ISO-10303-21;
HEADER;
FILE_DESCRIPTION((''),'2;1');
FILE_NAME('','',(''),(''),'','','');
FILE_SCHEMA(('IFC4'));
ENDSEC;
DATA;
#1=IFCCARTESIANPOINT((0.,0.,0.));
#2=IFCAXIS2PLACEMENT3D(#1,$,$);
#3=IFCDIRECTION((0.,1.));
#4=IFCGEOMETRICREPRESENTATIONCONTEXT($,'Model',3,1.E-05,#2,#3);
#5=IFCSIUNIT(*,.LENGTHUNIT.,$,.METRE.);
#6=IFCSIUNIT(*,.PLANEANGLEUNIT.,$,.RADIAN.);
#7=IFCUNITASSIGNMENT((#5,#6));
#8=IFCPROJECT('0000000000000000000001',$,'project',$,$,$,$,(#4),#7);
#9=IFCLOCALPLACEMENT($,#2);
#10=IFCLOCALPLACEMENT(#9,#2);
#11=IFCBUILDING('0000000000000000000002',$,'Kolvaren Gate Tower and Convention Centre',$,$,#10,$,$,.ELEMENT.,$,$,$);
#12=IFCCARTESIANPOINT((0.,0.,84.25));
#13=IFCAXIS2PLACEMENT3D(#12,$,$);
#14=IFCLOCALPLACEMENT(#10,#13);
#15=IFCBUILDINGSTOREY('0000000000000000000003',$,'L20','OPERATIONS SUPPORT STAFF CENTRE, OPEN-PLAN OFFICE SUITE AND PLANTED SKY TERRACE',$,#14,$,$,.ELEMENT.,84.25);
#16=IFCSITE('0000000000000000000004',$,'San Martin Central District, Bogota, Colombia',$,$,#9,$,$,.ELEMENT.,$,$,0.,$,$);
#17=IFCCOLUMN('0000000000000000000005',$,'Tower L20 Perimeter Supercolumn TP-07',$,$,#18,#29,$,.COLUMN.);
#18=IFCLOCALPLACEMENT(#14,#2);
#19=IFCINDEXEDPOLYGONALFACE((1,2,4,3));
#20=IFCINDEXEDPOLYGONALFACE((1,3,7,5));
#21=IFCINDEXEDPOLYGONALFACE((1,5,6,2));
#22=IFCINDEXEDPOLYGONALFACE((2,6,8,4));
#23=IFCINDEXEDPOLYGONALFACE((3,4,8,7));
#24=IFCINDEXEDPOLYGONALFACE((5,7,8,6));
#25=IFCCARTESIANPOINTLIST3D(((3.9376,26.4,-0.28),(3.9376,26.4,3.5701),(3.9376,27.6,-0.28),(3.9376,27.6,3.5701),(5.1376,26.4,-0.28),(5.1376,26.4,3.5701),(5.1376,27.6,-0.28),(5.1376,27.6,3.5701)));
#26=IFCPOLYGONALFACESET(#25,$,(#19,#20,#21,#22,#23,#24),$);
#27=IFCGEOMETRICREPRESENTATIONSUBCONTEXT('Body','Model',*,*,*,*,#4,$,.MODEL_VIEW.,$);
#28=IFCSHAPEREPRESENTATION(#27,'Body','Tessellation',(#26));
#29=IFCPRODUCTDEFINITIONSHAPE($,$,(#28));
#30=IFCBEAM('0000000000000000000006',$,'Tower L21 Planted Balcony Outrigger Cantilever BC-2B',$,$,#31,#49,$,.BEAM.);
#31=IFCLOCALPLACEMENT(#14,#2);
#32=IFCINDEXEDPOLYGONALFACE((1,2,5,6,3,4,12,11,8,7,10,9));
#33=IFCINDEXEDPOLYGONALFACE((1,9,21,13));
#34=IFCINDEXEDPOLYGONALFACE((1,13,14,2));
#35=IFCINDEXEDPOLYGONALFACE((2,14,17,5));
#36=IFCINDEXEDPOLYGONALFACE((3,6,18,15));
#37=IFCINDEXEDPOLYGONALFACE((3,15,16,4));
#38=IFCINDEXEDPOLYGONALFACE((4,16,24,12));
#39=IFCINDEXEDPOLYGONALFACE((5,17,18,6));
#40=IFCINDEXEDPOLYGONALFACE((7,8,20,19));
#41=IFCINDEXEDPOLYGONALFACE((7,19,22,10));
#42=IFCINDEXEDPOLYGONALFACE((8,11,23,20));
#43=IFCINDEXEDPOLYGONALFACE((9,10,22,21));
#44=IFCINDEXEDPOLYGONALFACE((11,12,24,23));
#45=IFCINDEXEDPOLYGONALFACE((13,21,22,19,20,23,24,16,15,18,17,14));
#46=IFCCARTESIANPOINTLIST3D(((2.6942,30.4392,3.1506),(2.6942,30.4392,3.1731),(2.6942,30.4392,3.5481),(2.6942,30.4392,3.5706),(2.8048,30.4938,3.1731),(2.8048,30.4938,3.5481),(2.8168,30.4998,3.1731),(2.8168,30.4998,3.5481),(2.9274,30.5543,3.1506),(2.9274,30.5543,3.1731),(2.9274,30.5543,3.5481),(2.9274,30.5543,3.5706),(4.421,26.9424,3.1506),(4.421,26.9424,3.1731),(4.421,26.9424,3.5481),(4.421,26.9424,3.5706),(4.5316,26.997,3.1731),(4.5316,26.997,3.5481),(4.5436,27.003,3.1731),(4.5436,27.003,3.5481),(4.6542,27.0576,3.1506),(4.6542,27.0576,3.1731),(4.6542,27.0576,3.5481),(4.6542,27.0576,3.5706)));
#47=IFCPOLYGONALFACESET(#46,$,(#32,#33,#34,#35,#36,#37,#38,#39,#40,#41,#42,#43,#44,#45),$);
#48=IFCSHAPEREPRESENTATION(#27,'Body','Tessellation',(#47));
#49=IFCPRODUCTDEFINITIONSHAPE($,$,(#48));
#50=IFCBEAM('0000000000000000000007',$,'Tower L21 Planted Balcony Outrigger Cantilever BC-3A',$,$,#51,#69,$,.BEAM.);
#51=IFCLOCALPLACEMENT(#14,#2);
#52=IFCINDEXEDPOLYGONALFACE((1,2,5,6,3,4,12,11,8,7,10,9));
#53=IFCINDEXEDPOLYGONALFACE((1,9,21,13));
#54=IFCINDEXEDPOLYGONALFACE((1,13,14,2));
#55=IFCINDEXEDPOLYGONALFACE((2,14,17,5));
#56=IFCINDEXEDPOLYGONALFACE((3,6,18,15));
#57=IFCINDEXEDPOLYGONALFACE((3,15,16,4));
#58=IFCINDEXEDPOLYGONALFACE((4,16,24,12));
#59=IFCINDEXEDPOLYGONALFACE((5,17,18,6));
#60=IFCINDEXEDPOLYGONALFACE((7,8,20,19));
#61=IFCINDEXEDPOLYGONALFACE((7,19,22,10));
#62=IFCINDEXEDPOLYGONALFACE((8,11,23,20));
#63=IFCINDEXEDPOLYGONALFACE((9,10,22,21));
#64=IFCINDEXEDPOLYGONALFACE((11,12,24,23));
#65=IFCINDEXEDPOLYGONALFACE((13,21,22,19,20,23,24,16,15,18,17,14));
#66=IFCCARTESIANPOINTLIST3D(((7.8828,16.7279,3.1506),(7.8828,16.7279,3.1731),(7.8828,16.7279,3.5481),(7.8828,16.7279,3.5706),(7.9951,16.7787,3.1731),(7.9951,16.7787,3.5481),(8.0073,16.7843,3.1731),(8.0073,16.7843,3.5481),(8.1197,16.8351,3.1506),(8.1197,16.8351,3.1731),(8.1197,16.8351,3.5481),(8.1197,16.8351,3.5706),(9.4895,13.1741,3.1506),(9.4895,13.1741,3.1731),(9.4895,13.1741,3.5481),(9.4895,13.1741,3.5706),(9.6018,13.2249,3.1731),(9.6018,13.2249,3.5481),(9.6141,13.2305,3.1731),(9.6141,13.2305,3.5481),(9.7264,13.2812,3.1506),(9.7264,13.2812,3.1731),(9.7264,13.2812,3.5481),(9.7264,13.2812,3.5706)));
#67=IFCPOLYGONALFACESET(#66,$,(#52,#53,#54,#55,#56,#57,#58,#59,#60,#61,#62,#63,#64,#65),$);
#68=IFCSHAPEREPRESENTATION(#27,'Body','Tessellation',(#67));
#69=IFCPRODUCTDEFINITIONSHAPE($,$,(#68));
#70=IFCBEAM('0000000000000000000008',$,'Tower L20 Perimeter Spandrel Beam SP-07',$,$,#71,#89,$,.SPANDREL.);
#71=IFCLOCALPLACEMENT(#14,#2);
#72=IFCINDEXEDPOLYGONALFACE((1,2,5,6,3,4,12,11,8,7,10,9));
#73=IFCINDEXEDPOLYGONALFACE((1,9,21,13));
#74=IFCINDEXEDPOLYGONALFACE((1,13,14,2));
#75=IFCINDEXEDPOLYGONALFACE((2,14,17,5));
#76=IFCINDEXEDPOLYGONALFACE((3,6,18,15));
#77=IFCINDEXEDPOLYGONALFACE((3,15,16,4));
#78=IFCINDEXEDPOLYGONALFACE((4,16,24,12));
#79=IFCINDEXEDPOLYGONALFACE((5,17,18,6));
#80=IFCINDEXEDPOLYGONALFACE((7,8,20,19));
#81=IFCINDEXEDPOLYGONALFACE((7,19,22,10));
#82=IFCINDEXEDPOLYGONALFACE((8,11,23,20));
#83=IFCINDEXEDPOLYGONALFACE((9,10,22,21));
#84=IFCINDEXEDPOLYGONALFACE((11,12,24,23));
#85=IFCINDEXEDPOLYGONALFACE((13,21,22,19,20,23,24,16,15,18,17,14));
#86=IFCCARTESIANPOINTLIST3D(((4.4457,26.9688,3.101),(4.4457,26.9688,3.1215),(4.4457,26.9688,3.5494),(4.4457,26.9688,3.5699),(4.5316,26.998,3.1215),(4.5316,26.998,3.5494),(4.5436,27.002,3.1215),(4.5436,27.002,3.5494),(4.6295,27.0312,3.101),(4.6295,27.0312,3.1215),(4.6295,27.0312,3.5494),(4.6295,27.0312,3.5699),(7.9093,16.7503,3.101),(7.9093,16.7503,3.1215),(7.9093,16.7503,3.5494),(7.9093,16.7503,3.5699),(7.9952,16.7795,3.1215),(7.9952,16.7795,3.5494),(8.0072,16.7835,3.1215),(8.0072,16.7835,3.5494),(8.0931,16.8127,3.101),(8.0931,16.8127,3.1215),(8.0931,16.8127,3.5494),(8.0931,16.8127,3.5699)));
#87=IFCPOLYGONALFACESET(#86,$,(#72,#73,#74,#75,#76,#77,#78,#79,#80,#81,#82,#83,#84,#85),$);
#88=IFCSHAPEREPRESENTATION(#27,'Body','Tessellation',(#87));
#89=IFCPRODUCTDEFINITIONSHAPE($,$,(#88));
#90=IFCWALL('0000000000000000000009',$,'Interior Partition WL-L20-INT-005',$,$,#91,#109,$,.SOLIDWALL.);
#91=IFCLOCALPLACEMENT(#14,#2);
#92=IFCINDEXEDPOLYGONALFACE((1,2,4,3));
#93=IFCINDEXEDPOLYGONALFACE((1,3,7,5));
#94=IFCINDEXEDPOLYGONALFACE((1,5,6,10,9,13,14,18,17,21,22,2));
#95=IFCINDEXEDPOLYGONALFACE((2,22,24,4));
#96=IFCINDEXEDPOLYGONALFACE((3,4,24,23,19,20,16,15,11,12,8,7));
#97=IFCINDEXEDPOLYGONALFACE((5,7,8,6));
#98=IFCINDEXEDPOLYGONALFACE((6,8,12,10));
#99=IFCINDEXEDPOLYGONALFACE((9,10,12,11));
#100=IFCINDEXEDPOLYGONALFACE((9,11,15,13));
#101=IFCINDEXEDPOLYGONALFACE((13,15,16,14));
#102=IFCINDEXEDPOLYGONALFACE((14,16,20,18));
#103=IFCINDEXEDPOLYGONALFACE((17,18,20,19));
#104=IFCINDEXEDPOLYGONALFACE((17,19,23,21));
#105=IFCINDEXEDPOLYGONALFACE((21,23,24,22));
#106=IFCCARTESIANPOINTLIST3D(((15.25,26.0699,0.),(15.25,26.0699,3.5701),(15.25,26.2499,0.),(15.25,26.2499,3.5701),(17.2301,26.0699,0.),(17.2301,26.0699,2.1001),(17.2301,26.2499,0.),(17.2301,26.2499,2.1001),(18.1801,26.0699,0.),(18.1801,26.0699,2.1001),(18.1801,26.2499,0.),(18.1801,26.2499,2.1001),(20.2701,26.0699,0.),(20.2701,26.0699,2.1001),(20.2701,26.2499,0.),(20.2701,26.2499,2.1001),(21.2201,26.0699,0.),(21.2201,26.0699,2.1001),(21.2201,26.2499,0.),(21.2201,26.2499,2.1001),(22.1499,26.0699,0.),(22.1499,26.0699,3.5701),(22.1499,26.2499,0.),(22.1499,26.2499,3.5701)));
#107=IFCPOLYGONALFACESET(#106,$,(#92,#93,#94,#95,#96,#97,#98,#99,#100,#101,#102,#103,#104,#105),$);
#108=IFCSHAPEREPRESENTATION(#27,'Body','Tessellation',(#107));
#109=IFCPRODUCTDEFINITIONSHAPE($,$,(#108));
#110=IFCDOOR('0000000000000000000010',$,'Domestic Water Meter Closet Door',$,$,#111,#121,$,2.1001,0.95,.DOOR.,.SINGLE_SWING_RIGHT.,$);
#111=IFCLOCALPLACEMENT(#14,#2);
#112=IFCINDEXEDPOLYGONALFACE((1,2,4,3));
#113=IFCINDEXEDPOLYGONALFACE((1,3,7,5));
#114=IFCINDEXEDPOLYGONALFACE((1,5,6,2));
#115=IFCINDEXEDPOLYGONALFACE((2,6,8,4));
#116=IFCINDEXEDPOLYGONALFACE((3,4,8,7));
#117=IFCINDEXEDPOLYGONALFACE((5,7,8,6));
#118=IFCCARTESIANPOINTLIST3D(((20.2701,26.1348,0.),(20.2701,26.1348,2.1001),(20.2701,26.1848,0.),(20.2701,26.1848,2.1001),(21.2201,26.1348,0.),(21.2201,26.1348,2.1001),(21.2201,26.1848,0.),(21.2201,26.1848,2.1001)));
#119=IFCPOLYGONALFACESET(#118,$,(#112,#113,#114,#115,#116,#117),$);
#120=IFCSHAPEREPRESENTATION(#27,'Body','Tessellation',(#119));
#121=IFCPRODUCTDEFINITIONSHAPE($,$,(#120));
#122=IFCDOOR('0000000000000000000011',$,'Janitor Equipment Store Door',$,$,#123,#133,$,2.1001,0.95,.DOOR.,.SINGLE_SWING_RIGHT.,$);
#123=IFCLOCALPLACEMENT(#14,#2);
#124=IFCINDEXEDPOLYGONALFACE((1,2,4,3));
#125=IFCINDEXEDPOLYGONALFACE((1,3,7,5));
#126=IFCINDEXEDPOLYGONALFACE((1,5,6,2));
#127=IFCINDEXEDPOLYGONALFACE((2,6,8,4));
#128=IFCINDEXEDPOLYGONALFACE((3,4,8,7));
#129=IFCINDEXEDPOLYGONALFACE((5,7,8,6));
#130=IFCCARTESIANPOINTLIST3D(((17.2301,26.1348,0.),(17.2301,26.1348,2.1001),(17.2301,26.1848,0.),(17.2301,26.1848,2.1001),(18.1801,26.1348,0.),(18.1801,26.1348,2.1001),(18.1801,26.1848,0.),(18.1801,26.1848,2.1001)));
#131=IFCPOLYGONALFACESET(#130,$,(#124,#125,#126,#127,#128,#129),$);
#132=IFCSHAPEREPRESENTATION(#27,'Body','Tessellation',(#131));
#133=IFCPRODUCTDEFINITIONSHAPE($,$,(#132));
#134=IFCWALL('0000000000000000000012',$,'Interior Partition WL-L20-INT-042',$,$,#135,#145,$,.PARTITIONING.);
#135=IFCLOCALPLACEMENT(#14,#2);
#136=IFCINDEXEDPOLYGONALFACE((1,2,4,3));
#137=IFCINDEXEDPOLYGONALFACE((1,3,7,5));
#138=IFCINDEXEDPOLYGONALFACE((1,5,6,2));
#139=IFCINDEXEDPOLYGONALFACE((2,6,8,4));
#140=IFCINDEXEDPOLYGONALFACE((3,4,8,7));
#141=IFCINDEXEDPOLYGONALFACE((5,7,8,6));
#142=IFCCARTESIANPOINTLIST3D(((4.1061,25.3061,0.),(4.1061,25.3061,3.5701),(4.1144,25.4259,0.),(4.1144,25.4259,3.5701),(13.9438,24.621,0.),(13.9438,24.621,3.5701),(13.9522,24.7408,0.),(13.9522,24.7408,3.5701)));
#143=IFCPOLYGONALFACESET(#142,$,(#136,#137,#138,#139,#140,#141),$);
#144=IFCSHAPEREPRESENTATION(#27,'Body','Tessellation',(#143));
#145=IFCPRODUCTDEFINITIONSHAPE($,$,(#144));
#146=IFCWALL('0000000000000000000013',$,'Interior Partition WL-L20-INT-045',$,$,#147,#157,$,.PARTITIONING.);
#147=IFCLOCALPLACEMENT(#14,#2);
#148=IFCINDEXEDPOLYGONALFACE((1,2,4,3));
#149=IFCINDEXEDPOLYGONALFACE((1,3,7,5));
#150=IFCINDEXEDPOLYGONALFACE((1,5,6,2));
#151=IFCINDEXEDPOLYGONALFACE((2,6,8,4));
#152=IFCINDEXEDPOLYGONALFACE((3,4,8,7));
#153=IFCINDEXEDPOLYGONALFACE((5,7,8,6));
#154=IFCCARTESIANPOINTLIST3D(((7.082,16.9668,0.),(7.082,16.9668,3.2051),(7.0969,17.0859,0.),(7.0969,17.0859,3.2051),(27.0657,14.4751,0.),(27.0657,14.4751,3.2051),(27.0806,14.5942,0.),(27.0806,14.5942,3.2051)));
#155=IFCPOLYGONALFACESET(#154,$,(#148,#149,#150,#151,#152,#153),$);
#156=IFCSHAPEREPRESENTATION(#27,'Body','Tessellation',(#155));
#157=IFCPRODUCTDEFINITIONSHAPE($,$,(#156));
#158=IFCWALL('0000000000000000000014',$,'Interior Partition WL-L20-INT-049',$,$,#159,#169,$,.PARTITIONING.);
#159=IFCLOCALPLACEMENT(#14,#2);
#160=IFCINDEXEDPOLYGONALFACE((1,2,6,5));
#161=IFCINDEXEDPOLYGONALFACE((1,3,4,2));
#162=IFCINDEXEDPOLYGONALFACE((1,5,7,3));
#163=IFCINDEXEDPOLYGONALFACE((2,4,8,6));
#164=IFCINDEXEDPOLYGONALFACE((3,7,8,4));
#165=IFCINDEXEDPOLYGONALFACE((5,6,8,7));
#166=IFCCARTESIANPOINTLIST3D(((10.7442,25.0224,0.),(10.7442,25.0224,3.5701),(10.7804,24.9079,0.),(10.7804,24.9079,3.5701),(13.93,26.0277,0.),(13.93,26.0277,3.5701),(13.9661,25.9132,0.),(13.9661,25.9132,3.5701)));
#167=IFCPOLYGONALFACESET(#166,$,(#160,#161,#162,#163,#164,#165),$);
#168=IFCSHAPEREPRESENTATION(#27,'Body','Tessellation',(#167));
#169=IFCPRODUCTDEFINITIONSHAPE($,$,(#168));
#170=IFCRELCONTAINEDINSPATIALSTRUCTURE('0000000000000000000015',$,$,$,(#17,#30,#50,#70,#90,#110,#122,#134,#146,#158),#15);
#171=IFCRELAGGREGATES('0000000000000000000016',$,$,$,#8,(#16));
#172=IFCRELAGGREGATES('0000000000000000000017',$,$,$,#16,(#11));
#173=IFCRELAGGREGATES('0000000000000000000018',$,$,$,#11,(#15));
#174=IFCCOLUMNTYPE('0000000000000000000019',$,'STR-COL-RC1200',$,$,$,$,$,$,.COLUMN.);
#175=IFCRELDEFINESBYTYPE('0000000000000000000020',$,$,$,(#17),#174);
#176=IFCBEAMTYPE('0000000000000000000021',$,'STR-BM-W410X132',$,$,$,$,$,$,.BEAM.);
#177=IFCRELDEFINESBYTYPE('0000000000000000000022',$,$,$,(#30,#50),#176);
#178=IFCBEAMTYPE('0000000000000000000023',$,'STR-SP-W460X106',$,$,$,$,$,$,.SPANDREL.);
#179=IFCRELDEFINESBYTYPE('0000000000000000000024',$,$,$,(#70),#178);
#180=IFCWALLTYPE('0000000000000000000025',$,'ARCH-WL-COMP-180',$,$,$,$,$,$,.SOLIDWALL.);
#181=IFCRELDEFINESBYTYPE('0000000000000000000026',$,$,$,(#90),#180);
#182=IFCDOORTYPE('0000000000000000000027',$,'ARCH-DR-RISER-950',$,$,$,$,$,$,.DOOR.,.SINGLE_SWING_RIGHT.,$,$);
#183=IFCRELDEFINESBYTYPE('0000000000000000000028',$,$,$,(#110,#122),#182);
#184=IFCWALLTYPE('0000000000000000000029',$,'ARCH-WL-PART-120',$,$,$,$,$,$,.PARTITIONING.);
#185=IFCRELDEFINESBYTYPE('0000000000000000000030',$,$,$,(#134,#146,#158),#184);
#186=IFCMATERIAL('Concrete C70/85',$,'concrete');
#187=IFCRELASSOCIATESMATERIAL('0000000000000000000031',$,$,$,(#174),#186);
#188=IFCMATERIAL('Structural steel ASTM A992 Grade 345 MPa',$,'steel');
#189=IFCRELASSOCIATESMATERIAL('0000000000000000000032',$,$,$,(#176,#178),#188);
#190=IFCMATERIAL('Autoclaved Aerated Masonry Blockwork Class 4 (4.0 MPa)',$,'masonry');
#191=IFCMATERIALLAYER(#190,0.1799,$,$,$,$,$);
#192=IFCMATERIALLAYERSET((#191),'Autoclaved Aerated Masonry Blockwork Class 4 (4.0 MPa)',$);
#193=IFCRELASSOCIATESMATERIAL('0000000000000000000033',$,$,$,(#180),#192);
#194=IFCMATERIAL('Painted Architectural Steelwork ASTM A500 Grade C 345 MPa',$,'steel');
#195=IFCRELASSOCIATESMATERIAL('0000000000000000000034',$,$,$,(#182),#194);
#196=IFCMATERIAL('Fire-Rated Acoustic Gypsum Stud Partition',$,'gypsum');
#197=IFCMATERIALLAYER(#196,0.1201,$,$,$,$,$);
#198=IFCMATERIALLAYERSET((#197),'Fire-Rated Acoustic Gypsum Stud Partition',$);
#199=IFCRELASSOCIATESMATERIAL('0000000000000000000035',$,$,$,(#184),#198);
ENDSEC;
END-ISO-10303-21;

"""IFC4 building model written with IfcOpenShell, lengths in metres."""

from ifc_helpers import new_model, si_unit, direction, frame, frame_2d, origin, origin_2d, place, context, subcontext, project, spatial, rectangle, i_section, extrude, material, layer, layer_set, material_profile, profile_set, type_object, element, fill, save


model = new_model("IFC4")

# Units and contexts
model_context = context("Model", 3, precision=1e-05, world=origin(), true_north=direction((0.0, 1.0)))
body_context = subcontext(model_context, "Body", "Model", "MODEL_VIEW")
ifc_project = project(units=[si_unit("LENGTHUNIT", "METRE"), si_unit("PLANEANGLEUNIT", "RADIAN")], contexts=[model_context])

# Site, building, storey
site_placement = place(None, origin())
site = spatial("IfcSite", under=ifc_project, at=site_placement, Name="San Martin Central District, Bogota, Colombia", CompositionType="ELEMENT", RefElevation=0.0)
building_placement = place(site_placement, origin())
building = spatial("IfcBuilding", under=site, at=building_placement, Name="Kolvaren Gate Tower and Convention Centre", CompositionType="ELEMENT")
storey_placement = place(building_placement, frame((0.0, 0.0, 84.25)))
storey = spatial("IfcBuildingStorey", under=building, at=storey_placement, Name="L20", Description="OPERATIONS SUPPORT STAFF CENTRE, OPEN-PLAN OFFICE SUITE AND PLANTED SKY TERRACE", CompositionType="ELEMENT", Elevation=84.25)

# Column
ifc_material_1 = material(Name="Concrete C70/85", Category="concrete")
ifc_material_profile_1 = material_profile(ifc_material_1, rectangle(XDim=1.2, YDim=1.2, at=origin_2d()), Name="RC-COL-1200X1200")
ifc_profile_set_1 = profile_set([ifc_material_profile_1], Name="Concrete C70/85")
column_type = type_object("IfcColumnType", Name="STR-COL-RC1200", PredefinedType="COLUMN", material=ifc_profile_set_1)
column_placement = place(storey_placement, frame((4.5376, 27.0, -0.28), z_axis=(0.0, 0.0, 1.0), x_axis=(1.0, 0.0, 0.0)))
element("IfcColumn", 1, at=column_placement, inside=storey, type_object=column_type, Name="Tower L20 Perimeter Supercolumn TP-07", PredefinedType="COLUMN", context=body_context, shape_type="SweptSolid", body=[
    extrude(rectangle(XDim=1.2, YDim=1.2, at=origin_2d()), origin(), (0.0, 0.0, 1.0), 3.8501),
])

# Beams
ifc_material_2 = material(Name="Structural steel ASTM A992 Grade 345 MPa", Category="steel")
ifc_material_profile_2 = material_profile(ifc_material_2, i_section(OverallWidth=0.26, OverallDepth=0.4199, WebThickness=0.0134, FlangeThickness=0.0225, at=origin_2d()), Name="W410X132")
ifc_profile_set_2 = profile_set([ifc_material_profile_2], Name="Structural steel ASTM A992 Grade 345 MPa")
beam_type_1 = type_object("IfcBeamType", Name="STR-BM-W410X132", PredefinedType="BEAM", material=ifc_profile_set_2)
beam_1_placement = place(storey_placement, frame((4.5376, 27.0, 3.3606), z_axis=(-0.442776, 0.896632, 0.0), x_axis=(-0.896632, -0.442776, 0.0)))
element("IfcBeam", 2, at=beam_1_placement, inside=storey, type_object=beam_type_1, Name="Tower L21 Planted Balcony Outrigger Cantilever BC-2B", PredefinedType="BEAM", context=body_context, shape_type="SweptSolid", body=[
    extrude(i_section(OverallWidth=0.26, OverallDepth=0.4199, WebThickness=0.0134, FlangeThickness=0.0225, at=origin_2d()), origin(), (0.0, 0.0, 1.0), 3.8999),
])
beam_2_placement = place(storey_placement, frame((8.0012, 16.7815, 3.3606), z_axis=(0.411967, -0.911199, 0.0), x_axis=(0.911199, 0.411967, 0.0)))
element("IfcBeam", 3, at=beam_2_placement, inside=storey, type_object=beam_type_1, Name="Tower L21 Planted Balcony Outrigger Cantilever BC-3A", PredefinedType="BEAM", context=body_context, shape_type="SweptSolid", body=[
    extrude(i_section(OverallWidth=0.26, OverallDepth=0.4199, WebThickness=0.0134, FlangeThickness=0.0225, at=origin_2d()), origin(), (0.0, 0.0, 1.0), 3.9001),
])
ifc_material_profile_3 = material_profile(ifc_material_2, i_section(OverallWidth=0.1941, OverallDepth=0.469, WebThickness=0.0127, FlangeThickness=0.0205, at=origin_2d()), Name="W460X106")
ifc_profile_set_3 = profile_set([ifc_material_profile_3], Name="Structural steel ASTM A992 Grade 345 MPa")
beam_type_2 = type_object("IfcBeamType", Name="STR-SP-W460X106", PredefinedType="SPANDREL", material=ifc_profile_set_3)
beam_3_placement = place(storey_placement, frame((4.5376, 27.0, 3.3354), z_axis=(0.321016, -0.947074, 0.0), x_axis=(0.947074, 0.321016, 0.0)))
element("IfcBeam", 4, at=beam_3_placement, inside=storey, type_object=beam_type_2, Name="Tower L20 Perimeter Spandrel Beam SP-07", PredefinedType="SPANDREL", context=body_context, shape_type="SweptSolid", body=[
    extrude(i_section(OverallWidth=0.1941, OverallDepth=0.469, WebThickness=0.0127, FlangeThickness=0.0205, at=origin_2d()), origin(), (0.0, 0.0, 1.0), 10.7896),
])

# Wall, openings, doors
ifc_material_3 = material(Name="Autoclaved Aerated Masonry Blockwork Class 4 (4.0 MPa)", Category="masonry")
ifc_layer_1 = layer(ifc_material_3, 0.1799)
ifc_layer_set_1 = layer_set([ifc_layer_1], Name="Autoclaved Aerated Masonry Blockwork Class 4 (4.0 MPa)")
wall_type_1 = type_object("IfcWallType", Name="ARCH-WL-COMP-180", PredefinedType="SOLIDWALL", material=ifc_layer_set_1)
wall_1_placement = place(storey_placement, frame((15.25, 26.1599, 0.0), z_axis=(0.0, 0.0, 1.0), x_axis=(1.0, 0.0, 0.0)))
wall_1 = element("IfcWall", 5, at=wall_1_placement, inside=storey, type_object=wall_type_1, Name="Interior Partition WL-L20-INT-005", PredefinedType="SOLIDWALL", context=body_context, shape_type="SweptSolid", body=[
    extrude(rectangle(XDim=6.8999, YDim=0.1799, at=frame_2d((3.45, 0.0))), origin(), (0.0, 0.0, 1.0), 3.5701),
])
opening_1_placement = place(wall_1_placement, frame((5.02, 0.0, 0.0)))
opening_1 = element("IfcOpeningElement", 6, at=opening_1_placement, cuts=wall_1, PredefinedType="OPENING", context=body_context, shape_type="SweptSolid", body=[
    extrude(rectangle(XDim=0.95, YDim=2.1001, at=frame_2d((0.4751, 1.05))), frame((0.0, 0.0999, 0.0), z_axis=(0.0, -1.0, 0.0), x_axis=(1.0, 0.0, 0.0)), (0.0, 0.0, 1.0), 0.2),
])
opening_2_placement = place(wall_1_placement, frame((1.98, 0.0, 0.0)))
opening_2 = element("IfcOpeningElement", 7, at=opening_2_placement, cuts=wall_1, PredefinedType="OPENING", context=body_context, shape_type="SweptSolid", body=[
    extrude(rectangle(XDim=0.95, YDim=2.1001, at=frame_2d((0.4751, 1.05))), frame((0.0, 0.0999, 0.0), z_axis=(0.0, -1.0, 0.0), x_axis=(1.0, 0.0, 0.0)), (0.0, 0.0, 1.0), 0.2),
])
ifc_material_4 = material(Name="Painted Architectural Steelwork ASTM A500 Grade C 345 MPa", Category="steel")
door_type = type_object("IfcDoorType", Name="ARCH-DR-RISER-950", OperationType="SINGLE_SWING_RIGHT", PredefinedType="DOOR", material=ifc_material_4)
door_1_placement = place(opening_1_placement, origin())
door_1 = element("IfcDoor", 8, at=door_1_placement, inside=storey, type_object=door_type, Name="Domestic Water Meter Closet Door", OperationType="SINGLE_SWING_RIGHT", OverallHeight=2.1001, OverallWidth=0.95, PredefinedType="DOOR", context=body_context, shape_type="SweptSolid", body=[
    extrude(rectangle(XDim=0.95, YDim=2.1001, at=frame_2d((0.4751, 1.05))), frame((0.0, 0.0249, 0.0), z_axis=(0.0, -1.0, 0.0), x_axis=(1.0, 0.0, 0.0)), (0.0, 0.0, 1.0), 0.05),
])
fill(opening_1, door_1)
door_2_placement = place(opening_2_placement, origin())
door_2 = element("IfcDoor", 9, at=door_2_placement, inside=storey, type_object=door_type, Name="Janitor Equipment Store Door", OperationType="SINGLE_SWING_RIGHT", OverallHeight=2.1001, OverallWidth=0.95, PredefinedType="DOOR", context=body_context, shape_type="SweptSolid", body=[
    extrude(rectangle(XDim=0.95, YDim=2.1001, at=frame_2d((0.4751, 1.05))), frame((0.0, 0.0249, 0.0), z_axis=(0.0, -1.0, 0.0), x_axis=(1.0, 0.0, 0.0)), (0.0, 0.0, 1.0), 0.05),
])
fill(opening_2, door_2)

# Walls
ifc_material_5 = material(Name="Fire-Rated Acoustic Gypsum Stud Partition", Category="gypsum")
ifc_layer_2 = layer(ifc_material_5, 0.1201)
ifc_layer_set_2 = layer_set([ifc_layer_2], Name="Fire-Rated Acoustic Gypsum Stud Partition")
wall_type_2 = type_object("IfcWallType", Name="ARCH-WL-PART-120", PredefinedType="PARTITIONING", material=ifc_layer_set_2)
wall_2_placement = place(storey_placement, frame((4.1104, 25.366, 0.0), z_axis=(0.0, 0.0, 1.0), x_axis=(0.997584, -0.069468, 0.0)))
element("IfcWall", 10, at=wall_2_placement, inside=storey, type_object=wall_type_2, Name="Interior Partition WL-L20-INT-042", PredefinedType="PARTITIONING", context=body_context, shape_type="SweptSolid", body=[
    extrude(rectangle(XDim=9.8616, YDim=0.1201, at=frame_2d((4.9307, 0.0))), origin(), (0.0, 0.0, 1.0), 3.5701),
])
wall_3_placement = place(storey_placement, frame((7.0894, 17.0264, 0.0), z_axis=(0.0, 0.0, 1.0), x_axis=(0.992316, -0.123729, 0.0)))
element("IfcWall", 11, at=wall_3_placement, inside=storey, type_object=wall_type_2, Name="Interior Partition WL-L20-INT-045", PredefinedType="PARTITIONING", context=body_context, shape_type="SweptSolid", body=[
    extrude(rectangle(XDim=20.1384, YDim=0.1201, at=frame_2d((10.0693, 0.0))), origin(), (0.0, 0.0, 1.0), 3.2051),
])
wall_4_placement = place(storey_placement, frame((10.7622, 24.9651, 0.0), z_axis=(0.0, 0.0, 1.0), x_axis=(0.95364, 0.300949, 0.0)))
element("IfcWall", 12, at=wall_4_placement, inside=storey, type_object=wall_type_2, Name="Interior Partition WL-L20-INT-049", PredefinedType="PARTITIONING", context=body_context, shape_type="SweptSolid", body=[
    extrude(rectangle(XDim=3.3406, YDim=0.1201, at=frame_2d((1.6704, 0.0))), origin(), (0.0, 0.0, 1.0), 3.5701),
])

save(model, "model.ifc")
